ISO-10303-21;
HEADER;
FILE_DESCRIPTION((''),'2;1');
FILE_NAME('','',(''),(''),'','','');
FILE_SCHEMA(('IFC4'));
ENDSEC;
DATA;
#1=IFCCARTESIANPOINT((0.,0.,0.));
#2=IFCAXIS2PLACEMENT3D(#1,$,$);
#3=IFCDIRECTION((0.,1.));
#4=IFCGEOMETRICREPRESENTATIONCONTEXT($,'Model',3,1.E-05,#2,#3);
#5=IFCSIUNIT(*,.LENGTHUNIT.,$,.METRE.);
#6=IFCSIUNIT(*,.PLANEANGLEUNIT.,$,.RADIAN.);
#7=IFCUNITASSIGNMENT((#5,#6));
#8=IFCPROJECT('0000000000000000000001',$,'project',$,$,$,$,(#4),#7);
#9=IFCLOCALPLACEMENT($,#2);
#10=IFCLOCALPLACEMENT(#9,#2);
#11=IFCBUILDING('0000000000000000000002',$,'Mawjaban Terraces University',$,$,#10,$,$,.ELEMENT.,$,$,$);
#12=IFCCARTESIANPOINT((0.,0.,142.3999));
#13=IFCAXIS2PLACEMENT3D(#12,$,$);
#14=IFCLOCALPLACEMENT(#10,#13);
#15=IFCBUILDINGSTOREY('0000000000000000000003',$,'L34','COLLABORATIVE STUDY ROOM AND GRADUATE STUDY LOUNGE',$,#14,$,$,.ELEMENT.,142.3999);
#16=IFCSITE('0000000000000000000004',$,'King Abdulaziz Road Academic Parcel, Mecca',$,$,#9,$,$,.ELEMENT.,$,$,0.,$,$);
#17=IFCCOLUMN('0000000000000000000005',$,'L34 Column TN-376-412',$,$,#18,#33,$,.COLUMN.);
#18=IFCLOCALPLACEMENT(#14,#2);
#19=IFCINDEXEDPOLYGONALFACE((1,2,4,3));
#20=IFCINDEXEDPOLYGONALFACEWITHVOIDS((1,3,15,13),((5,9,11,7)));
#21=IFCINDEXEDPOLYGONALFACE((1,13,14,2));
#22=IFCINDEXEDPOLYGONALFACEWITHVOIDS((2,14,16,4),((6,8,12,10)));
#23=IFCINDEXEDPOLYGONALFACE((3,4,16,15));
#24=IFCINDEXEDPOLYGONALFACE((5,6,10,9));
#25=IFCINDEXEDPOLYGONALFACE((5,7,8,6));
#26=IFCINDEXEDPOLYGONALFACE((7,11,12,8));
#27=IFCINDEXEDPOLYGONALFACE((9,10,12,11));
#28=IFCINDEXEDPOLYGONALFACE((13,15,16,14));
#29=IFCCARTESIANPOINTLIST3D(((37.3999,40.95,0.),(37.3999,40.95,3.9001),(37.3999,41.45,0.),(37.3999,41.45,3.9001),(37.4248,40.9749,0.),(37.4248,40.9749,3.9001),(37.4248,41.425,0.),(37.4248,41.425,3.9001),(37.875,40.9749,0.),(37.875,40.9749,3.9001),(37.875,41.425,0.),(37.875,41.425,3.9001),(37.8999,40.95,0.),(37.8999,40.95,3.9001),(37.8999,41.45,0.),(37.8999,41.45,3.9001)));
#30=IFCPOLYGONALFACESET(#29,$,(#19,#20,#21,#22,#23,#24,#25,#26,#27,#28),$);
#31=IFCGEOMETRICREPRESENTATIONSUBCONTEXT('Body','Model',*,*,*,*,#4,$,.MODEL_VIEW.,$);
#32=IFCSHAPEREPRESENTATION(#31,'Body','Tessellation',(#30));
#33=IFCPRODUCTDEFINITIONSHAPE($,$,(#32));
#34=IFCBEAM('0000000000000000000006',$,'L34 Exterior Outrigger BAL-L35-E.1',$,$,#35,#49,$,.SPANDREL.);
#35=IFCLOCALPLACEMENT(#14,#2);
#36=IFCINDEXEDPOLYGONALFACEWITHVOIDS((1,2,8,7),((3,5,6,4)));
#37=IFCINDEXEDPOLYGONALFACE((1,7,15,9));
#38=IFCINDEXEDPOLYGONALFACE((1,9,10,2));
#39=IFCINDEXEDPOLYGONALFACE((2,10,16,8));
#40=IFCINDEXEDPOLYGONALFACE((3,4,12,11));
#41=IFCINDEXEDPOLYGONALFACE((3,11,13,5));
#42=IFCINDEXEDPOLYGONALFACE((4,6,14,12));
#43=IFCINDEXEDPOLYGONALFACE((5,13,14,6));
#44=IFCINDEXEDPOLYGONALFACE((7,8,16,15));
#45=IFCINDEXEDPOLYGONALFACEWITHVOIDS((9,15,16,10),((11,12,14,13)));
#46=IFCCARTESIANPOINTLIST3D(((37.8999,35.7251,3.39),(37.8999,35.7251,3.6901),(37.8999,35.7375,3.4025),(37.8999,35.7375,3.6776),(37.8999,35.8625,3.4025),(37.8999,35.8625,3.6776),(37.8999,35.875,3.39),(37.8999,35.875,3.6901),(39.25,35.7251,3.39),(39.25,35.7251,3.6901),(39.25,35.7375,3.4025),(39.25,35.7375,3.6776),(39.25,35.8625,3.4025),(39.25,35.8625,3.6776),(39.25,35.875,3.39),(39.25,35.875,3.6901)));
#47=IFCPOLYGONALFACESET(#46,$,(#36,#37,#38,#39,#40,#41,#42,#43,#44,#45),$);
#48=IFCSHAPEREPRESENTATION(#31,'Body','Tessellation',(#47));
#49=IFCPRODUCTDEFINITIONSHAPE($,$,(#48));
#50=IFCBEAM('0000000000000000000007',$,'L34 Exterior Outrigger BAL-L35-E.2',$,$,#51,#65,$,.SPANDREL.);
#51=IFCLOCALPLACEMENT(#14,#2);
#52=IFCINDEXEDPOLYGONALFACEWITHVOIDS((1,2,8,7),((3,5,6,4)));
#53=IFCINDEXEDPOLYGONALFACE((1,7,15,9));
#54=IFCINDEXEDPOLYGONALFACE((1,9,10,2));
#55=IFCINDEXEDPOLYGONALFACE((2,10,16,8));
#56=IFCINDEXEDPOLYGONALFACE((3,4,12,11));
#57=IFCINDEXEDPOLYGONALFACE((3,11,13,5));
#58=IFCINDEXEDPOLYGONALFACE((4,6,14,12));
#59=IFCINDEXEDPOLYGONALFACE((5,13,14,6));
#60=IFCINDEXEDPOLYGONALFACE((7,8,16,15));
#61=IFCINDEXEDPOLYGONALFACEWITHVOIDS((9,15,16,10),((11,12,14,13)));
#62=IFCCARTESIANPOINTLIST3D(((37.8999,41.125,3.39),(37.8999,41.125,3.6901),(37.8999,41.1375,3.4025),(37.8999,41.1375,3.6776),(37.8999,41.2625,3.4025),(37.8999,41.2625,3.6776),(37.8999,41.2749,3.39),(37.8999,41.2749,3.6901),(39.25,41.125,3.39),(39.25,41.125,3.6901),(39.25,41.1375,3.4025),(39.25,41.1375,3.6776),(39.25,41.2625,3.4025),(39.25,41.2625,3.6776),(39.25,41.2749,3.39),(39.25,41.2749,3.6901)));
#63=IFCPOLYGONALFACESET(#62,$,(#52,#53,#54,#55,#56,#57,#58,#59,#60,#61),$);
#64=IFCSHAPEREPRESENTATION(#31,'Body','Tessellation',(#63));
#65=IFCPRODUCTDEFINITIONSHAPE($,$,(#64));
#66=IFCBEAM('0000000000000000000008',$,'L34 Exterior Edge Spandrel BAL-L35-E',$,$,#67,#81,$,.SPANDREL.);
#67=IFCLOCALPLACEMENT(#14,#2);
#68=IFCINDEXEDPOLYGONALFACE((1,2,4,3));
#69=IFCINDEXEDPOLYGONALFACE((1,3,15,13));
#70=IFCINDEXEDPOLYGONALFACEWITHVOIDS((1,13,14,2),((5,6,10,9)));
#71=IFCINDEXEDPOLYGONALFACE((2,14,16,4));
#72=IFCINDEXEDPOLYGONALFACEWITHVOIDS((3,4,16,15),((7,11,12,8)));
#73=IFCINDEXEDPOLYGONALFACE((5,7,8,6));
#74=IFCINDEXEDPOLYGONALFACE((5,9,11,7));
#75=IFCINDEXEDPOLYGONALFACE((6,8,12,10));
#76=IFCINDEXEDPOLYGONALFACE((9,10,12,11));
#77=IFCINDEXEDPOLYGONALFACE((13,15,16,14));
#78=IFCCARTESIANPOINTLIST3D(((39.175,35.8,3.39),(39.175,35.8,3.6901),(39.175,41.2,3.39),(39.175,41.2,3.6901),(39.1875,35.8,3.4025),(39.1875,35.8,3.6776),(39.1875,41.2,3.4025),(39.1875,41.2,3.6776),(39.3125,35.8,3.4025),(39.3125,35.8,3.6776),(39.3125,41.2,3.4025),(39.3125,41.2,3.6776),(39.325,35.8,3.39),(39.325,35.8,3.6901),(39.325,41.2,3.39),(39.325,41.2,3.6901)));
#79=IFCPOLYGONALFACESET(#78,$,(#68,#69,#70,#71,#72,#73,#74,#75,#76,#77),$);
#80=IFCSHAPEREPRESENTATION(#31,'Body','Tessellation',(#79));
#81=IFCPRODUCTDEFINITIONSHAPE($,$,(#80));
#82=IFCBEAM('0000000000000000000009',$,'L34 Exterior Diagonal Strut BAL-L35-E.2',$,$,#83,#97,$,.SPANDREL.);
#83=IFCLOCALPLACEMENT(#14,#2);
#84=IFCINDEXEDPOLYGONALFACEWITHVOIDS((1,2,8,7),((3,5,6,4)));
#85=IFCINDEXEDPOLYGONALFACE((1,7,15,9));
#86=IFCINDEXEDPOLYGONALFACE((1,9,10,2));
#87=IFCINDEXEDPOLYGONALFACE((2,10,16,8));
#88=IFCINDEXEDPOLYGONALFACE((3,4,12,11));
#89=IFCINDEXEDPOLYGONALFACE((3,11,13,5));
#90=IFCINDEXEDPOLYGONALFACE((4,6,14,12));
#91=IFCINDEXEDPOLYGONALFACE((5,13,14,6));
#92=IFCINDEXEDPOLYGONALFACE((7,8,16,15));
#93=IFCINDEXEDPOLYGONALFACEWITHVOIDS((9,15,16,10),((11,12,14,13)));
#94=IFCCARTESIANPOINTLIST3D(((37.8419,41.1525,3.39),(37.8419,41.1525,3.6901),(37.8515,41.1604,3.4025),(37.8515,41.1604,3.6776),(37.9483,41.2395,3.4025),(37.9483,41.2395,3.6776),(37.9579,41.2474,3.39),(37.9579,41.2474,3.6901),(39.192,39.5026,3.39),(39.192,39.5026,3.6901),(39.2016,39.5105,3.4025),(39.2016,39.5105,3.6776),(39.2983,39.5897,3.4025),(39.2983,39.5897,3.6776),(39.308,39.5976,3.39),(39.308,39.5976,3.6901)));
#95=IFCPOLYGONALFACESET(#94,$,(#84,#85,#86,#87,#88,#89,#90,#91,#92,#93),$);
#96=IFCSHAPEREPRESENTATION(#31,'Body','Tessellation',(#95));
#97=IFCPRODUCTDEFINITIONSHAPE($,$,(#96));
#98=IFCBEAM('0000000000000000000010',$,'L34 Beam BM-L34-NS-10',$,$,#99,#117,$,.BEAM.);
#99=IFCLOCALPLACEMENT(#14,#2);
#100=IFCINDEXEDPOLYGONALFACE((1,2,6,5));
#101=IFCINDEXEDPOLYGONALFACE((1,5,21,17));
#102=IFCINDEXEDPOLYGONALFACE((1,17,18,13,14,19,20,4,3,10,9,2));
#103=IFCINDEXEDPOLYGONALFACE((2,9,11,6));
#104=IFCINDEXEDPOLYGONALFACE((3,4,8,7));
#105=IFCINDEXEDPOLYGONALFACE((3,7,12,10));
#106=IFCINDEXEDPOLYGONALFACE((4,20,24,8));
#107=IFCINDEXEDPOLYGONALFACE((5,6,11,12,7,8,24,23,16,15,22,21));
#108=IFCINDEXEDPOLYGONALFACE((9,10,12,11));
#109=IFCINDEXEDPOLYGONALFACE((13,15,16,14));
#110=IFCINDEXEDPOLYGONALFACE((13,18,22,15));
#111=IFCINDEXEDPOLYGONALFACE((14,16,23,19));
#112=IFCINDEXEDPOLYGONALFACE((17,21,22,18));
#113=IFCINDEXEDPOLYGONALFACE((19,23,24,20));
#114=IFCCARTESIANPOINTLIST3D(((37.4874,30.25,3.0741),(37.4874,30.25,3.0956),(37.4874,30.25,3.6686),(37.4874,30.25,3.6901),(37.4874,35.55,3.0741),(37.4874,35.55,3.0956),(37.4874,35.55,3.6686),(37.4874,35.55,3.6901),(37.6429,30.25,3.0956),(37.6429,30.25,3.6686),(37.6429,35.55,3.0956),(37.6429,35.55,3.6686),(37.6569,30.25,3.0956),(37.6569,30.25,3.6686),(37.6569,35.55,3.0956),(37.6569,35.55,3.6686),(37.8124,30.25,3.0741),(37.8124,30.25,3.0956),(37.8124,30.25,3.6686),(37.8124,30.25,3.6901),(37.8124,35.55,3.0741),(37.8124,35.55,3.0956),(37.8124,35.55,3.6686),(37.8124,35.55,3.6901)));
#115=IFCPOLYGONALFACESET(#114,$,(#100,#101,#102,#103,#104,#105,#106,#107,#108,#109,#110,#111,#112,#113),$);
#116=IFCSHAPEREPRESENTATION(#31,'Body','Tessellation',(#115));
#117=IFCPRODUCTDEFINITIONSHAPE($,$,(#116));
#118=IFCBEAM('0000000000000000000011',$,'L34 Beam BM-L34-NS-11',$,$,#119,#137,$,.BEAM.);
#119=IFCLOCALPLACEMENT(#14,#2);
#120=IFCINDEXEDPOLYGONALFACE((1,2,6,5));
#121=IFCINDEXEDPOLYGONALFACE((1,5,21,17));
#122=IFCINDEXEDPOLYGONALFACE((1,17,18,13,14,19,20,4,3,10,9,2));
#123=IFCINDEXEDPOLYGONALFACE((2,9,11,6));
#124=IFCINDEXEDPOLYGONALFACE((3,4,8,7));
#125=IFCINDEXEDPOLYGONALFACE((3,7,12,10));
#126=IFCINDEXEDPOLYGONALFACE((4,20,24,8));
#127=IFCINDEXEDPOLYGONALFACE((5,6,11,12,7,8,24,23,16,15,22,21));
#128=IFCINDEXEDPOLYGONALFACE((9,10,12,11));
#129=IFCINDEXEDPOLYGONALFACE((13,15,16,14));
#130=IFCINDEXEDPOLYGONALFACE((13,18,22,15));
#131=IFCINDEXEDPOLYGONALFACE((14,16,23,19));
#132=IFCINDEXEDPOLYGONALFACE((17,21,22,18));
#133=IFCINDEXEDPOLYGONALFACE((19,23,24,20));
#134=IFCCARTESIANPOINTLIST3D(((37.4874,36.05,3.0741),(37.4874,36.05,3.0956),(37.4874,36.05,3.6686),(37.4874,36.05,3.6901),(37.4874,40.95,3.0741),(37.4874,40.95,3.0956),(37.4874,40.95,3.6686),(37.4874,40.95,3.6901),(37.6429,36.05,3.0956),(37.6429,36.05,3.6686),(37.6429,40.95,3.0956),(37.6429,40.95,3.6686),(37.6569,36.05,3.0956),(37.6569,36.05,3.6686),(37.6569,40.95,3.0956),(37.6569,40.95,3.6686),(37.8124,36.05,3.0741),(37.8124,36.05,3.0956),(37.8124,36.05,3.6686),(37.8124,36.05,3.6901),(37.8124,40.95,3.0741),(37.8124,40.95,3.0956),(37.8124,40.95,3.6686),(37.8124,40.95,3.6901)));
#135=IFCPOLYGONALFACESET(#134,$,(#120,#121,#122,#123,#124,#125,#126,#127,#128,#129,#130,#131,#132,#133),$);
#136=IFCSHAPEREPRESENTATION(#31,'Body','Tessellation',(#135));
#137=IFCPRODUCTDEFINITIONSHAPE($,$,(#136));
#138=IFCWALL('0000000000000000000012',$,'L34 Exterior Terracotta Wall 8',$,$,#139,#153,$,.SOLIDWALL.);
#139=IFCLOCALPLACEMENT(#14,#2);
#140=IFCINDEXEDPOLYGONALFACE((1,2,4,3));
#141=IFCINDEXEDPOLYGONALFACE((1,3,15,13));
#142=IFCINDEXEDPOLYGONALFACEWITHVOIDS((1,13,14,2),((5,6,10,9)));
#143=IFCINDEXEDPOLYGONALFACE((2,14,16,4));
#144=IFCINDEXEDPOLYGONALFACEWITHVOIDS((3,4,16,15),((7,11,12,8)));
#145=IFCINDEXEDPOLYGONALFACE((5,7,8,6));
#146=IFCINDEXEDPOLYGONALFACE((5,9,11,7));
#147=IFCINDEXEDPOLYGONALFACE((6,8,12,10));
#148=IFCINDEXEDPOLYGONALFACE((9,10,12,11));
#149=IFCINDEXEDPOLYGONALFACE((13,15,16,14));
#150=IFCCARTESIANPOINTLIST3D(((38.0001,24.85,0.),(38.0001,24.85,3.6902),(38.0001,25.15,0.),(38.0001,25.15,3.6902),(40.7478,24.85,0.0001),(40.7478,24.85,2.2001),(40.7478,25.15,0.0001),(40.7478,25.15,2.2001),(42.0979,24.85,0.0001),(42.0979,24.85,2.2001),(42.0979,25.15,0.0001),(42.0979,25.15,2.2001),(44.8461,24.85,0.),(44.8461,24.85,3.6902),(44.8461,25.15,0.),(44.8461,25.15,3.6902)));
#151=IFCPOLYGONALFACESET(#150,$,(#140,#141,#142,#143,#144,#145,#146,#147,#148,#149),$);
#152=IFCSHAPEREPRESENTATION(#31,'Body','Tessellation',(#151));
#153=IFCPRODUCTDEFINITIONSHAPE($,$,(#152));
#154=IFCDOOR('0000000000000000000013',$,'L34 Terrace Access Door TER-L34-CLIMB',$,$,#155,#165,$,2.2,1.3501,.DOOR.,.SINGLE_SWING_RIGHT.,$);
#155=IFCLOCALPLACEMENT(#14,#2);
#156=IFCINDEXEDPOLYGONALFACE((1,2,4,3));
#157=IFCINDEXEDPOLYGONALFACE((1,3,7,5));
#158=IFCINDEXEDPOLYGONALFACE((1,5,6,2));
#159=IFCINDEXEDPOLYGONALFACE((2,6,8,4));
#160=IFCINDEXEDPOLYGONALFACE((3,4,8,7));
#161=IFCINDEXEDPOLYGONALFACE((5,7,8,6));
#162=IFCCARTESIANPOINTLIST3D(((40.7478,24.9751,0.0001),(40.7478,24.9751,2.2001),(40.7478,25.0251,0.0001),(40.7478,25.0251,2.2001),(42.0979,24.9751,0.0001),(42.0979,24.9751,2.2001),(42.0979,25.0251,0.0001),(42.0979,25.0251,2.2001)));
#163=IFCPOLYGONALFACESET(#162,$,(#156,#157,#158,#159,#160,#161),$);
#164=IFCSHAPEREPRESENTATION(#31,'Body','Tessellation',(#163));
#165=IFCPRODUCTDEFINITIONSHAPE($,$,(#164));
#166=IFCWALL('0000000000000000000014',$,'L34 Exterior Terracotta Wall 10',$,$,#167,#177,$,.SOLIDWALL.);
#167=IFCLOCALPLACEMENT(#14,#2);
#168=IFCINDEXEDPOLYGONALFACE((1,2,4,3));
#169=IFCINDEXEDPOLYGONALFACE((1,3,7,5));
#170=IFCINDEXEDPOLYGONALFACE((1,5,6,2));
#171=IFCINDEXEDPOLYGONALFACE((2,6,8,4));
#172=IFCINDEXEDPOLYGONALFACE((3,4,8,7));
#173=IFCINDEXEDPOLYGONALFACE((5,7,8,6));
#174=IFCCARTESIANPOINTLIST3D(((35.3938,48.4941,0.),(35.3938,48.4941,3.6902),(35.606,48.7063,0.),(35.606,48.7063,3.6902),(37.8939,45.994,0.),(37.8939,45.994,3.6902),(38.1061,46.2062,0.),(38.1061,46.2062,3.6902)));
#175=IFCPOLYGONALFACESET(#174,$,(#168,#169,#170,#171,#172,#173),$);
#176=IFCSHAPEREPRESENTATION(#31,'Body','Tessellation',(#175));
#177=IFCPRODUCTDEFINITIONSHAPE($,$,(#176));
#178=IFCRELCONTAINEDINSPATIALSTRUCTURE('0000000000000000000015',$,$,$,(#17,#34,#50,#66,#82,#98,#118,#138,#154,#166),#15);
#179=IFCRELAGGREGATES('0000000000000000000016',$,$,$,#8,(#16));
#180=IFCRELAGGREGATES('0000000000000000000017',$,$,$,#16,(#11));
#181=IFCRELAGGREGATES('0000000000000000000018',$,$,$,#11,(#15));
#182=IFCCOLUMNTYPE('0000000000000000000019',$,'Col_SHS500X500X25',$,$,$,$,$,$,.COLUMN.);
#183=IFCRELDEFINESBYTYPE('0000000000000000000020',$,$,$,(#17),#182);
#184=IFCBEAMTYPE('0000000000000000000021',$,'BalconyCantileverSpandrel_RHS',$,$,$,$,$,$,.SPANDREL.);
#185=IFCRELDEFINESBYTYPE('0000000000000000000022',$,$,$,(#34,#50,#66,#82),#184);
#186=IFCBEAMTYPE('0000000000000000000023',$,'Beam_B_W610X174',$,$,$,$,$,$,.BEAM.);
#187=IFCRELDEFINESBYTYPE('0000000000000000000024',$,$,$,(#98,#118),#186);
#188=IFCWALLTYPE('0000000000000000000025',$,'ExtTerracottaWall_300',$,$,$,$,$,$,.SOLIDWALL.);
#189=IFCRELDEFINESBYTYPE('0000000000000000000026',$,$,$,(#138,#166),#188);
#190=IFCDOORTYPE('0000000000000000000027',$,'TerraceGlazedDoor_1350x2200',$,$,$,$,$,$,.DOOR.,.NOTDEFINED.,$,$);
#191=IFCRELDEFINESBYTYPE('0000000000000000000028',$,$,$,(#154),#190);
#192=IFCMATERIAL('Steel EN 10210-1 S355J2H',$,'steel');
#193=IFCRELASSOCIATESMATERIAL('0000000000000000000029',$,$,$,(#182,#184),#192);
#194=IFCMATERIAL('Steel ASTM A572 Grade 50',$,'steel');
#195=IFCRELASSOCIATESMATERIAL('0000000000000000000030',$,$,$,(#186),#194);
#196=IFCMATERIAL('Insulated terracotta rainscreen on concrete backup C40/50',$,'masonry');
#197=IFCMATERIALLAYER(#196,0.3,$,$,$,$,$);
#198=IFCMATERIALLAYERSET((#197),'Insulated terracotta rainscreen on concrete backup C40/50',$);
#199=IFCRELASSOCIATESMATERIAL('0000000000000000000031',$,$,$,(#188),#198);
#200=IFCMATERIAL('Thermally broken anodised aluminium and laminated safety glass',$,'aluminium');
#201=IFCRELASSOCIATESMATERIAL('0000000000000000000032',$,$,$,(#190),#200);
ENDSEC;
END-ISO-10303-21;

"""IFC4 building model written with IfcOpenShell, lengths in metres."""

from ifc_helpers import new_model, si_unit, direction, frame, frame_2d, origin, origin_2d, place, context, subcontext, project, spatial, rectangle, hollow_rectangle, i_section, extrude, material, layer, layer_set, material_profile, profile_set, type_object, element, fill, save


model = new_model("IFC4")

# Units and contexts
model_context = context("Model", 3, precision=1e-05, world=origin(), true_north=direction((0.0, 1.0)))
body_context = subcontext(model_context, "Body", "Model", "MODEL_VIEW")
ifc_project = project(units=[si_unit("LENGTHUNIT", "METRE"), si_unit("PLANEANGLEUNIT", "RADIAN")], contexts=[model_context])

# Site, building, storey
site_placement = place(None, origin())
site = spatial("IfcSite", under=ifc_project, at=site_placement, Name="King Abdulaziz Road Academic Parcel, Mecca", CompositionType="ELEMENT", RefElevation=0.0)
building_placement = place(site_placement, origin())
building = spatial("IfcBuilding", under=site, at=building_placement, Name="Mawjaban Terraces University", CompositionType="ELEMENT")
storey_placement = place(building_placement, frame((0.0, 0.0, 142.3999)))
storey = spatial("IfcBuildingStorey", under=building, at=storey_placement, Name="L34", Description="COLLABORATIVE STUDY ROOM AND GRADUATE STUDY LOUNGE", CompositionType="ELEMENT", Elevation=142.3999)

# Column
ifc_material_1 = material(Name="Steel EN 10210-1 S355J2H", Category="steel")
ifc_material_profile_1 = material_profile(ifc_material_1, hollow_rectangle(XDim=0.5, YDim=0.5, WallThickness=0.0249, at=origin_2d()), Name="SHS500X500X25")
ifc_profile_set_1 = profile_set([ifc_material_profile_1], Name="Steel EN 10210-1 S355J2H")
column_type = type_object("IfcColumnType", Name="Col_SHS500X500X25", PredefinedType="COLUMN", material=ifc_profile_set_1)
column_placement = place(storey_placement, frame((37.6499, 41.2, 0.0), z_axis=(0.0, 0.0, 1.0), x_axis=(1.0, 0.0, 0.0)))
element("IfcColumn", 1, at=column_placement, inside=storey, type_object=column_type, Name="L34 Column TN-376-412", PredefinedType="COLUMN", context=body_context, shape_type="SweptSolid", body=[
    extrude(hollow_rectangle(XDim=0.5, YDim=0.5, WallThickness=0.0249, at=origin_2d()), origin(), (0.0, 0.0, 1.0), 3.9001),
])

# Beams
ifc_material_profile_2 = material_profile(ifc_material_1, hollow_rectangle(XDim=0.1499, YDim=0.3, WallThickness=0.0125, at=origin_2d()), Name="RHS300X150X12.5")
ifc_profile_set_2 = profile_set([ifc_material_profile_2], Name="Steel EN 10210-1 S355J2H")
beam_type_1 = type_object("IfcBeamType", Name="BalconyCantileverSpandrel_RHS", PredefinedType="SPANDREL", material=ifc_profile_set_2)
for number, where, z_axis, x_axis, name in (
    (2, (37.8999, 35.8, 3.54), (1.0, 0.0, 0.0), (0.0, 1.0, 0.0), "L34 Exterior Outrigger BAL-L35-E.1"),
    (3, (37.8999, 41.2, 3.54), (1.0, 0.0, 0.0), (0.0, 1.0, 0.0), "L34 Exterior Outrigger BAL-L35-E.2"),
):
    element("IfcBeam", number, at=place(storey_placement, frame(where, z_axis=z_axis, x_axis=x_axis)), inside=storey, type_object=beam_type_1, Name=name, PredefinedType="SPANDREL", context=body_context, shape_type="SweptSolid", body=[
        extrude(hollow_rectangle(XDim=0.1499, YDim=0.3, WallThickness=0.0125, at=origin_2d()), origin(), (0.0, 0.0, 1.0), 1.3501),
    ])
beam_1_placement = place(storey_placement, frame((39.25, 35.8, 3.54), z_axis=(0.0, 1.0, 0.0), x_axis=(-1.0, 0.0, 0.0)))
element("IfcBeam", 4, at=beam_1_placement, inside=storey, type_object=beam_type_1, Name="L34 Exterior Edge Spandrel BAL-L35-E", PredefinedType="SPANDREL", context=body_context, shape_type="SweptSolid", body=[
    extrude(hollow_rectangle(XDim=0.1499, YDim=0.3, WallThickness=0.0125, at=origin_2d()), origin(), (0.0, 0.0, 1.0), 5.3999),
])
beam_2_placement = place(storey_placement, frame((37.8999, 41.2, 3.54), z_axis=(0.633288, -0.773916, 0.0), x_axis=(0.773916, 0.633288, 0.0)))
element("IfcBeam", 5, at=beam_2_placement, inside=storey, type_object=beam_type_1, Name="L34 Exterior Diagonal Strut BAL-L35-E.2", PredefinedType="SPANDREL", context=body_context, shape_type="SweptSolid", body=[
    extrude(hollow_rectangle(XDim=0.1499, YDim=0.3, WallThickness=0.0125, at=origin_2d()), origin(), (0.0, 0.0, 1.0), 2.1318),
])
ifc_material_2 = material(Name="Steel ASTM A572 Grade 50", Category="steel")
ifc_material_profile_3 = material_profile(ifc_material_2, i_section(OverallWidth=0.325, OverallDepth=0.616, WebThickness=0.0139, FlangeThickness=0.0215, at=origin_2d()), Name="W610X174")
ifc_profile_set_3 = profile_set([ifc_material_profile_3], Name="Steel ASTM A572 Grade 50")
beam_type_2 = type_object("IfcBeamType", Name="Beam_B_W610X174", PredefinedType="BEAM", material=ifc_profile_set_3)
beam_3_placement = place(storey_placement, frame((37.6499, 30.25, 3.3821), z_axis=(0.0, 1.0, 0.0), x_axis=(-1.0, 0.0, 0.0)))
element("IfcBeam", 6, at=beam_3_placement, inside=storey, type_object=beam_type_2, Name="L34 Beam BM-L34-NS-10", PredefinedType="BEAM", context=body_context, shape_type="SweptSolid", body=[
    extrude(i_section(OverallWidth=0.325, OverallDepth=0.616, WebThickness=0.0139, FlangeThickness=0.0215, at=origin_2d()), origin(), (0.0, 0.0, 1.0), 5.3),
])
beam_4_placement = place(storey_placement, frame((37.6499, 36.05, 3.3821), z_axis=(0.0, 1.0, 0.0), x_axis=(-1.0, 0.0, 0.0)))
element("IfcBeam", 7, at=beam_4_placement, inside=storey, type_object=beam_type_2, Name="L34 Beam BM-L34-NS-11", PredefinedType="BEAM", context=body_context, shape_type="SweptSolid", body=[
    extrude(i_section(OverallWidth=0.325, OverallDepth=0.616, WebThickness=0.0139, FlangeThickness=0.0215, at=origin_2d()), origin(), (0.0, 0.0, 1.0), 4.8999),
])

# Wall, opening, door
ifc_material_3 = material(Name="Insulated terracotta rainscreen on concrete backup C40/50", Category="masonry")
ifc_layer_1 = layer(ifc_material_3, 0.3)
ifc_layer_set_1 = layer_set([ifc_layer_1], Name="Insulated terracotta rainscreen on concrete backup C40/50")
wall_type = type_object("IfcWallType", Name="ExtTerracottaWall_300", PredefinedType="SOLIDWALL", material=ifc_layer_set_1)
wall_1_placement = place(storey_placement, frame((44.8459, 25.0, 0.0), z_axis=(0.0, 0.0, 1.0), x_axis=(-1.0, 0.0, 0.0)))
wall_1 = element("IfcWall", 8, at=wall_1_placement, inside=storey, type_object=wall_type, Name="L34 Exterior Terracotta Wall 8", PredefinedType="SOLIDWALL", context=body_context, shape_type="SweptSolid", body=[
    extrude(rectangle(XDim=6.8459, YDim=0.3, at=frame_2d((3.4229, 0.0))), origin(), (0.0, 0.0, 1.0), 3.6902),
])
opening_placement = place(wall_1_placement, frame((2.748, 0.0, 0.0)))
opening = element("IfcOpeningElement", 9, at=opening_placement, cuts=wall_1, PredefinedType="OPENING", context=body_context, shape_type="SweptSolid", body=[
    extrude(rectangle(XDim=1.3501, YDim=2.2, at=frame_2d((0.675, 1.1001))), frame((0.0, 0.1599, 0.0), z_axis=(0.0, -1.0, 0.0), x_axis=(1.0, 0.0, 0.0)), (0.0, 0.0, 1.0), 0.3201),
])
ifc_material_4 = material(Name="Thermally broken anodised aluminium and laminated safety glass", Category="aluminium")
door_type = type_object("IfcDoorType", Name="TerraceGlazedDoor_1350x2200", OperationType="NOTDEFINED", PredefinedType="DOOR", material=ifc_material_4)
door_placement = place(opening_placement, origin())
door = element("IfcDoor", 10, at=door_placement, inside=storey, type_object=door_type, Name="L34 Terrace Access Door TER-L34-CLIMB", OperationType="SINGLE_SWING_RIGHT", OverallHeight=2.2, OverallWidth=1.3501, PredefinedType="DOOR", context=body_context, shape_type="SweptSolid", body=[
    extrude(rectangle(XDim=1.3501, YDim=2.2, at=frame_2d((0.675, 1.1001))), frame((0.0, 0.0249, 0.0), z_axis=(0.0, -1.0, 0.0), x_axis=(1.0, 0.0, 0.0)), (0.0, 0.0, 1.0), 0.05),
])
fill(opening, door)

# Wall
wall_2_placement = place(storey_placement, frame((38.0, 46.1001, 0.0), z_axis=(0.0, 0.0, 1.0), x_axis=(-0.707107, 0.707107, 0.0)))
element("IfcWall", 11, at=wall_2_placement, inside=storey, type_object=wall_type, Name="L34 Exterior Terracotta Wall 10", PredefinedType="SOLIDWALL", context=body_context, shape_type="SweptSolid", body=[
    extrude(rectangle(XDim=3.5356, YDim=0.3, at=frame_2d((1.7678, 0.0))), origin(), (0.0, 0.0, 1.0), 3.6902),
])

save(model, "model.ifc")
